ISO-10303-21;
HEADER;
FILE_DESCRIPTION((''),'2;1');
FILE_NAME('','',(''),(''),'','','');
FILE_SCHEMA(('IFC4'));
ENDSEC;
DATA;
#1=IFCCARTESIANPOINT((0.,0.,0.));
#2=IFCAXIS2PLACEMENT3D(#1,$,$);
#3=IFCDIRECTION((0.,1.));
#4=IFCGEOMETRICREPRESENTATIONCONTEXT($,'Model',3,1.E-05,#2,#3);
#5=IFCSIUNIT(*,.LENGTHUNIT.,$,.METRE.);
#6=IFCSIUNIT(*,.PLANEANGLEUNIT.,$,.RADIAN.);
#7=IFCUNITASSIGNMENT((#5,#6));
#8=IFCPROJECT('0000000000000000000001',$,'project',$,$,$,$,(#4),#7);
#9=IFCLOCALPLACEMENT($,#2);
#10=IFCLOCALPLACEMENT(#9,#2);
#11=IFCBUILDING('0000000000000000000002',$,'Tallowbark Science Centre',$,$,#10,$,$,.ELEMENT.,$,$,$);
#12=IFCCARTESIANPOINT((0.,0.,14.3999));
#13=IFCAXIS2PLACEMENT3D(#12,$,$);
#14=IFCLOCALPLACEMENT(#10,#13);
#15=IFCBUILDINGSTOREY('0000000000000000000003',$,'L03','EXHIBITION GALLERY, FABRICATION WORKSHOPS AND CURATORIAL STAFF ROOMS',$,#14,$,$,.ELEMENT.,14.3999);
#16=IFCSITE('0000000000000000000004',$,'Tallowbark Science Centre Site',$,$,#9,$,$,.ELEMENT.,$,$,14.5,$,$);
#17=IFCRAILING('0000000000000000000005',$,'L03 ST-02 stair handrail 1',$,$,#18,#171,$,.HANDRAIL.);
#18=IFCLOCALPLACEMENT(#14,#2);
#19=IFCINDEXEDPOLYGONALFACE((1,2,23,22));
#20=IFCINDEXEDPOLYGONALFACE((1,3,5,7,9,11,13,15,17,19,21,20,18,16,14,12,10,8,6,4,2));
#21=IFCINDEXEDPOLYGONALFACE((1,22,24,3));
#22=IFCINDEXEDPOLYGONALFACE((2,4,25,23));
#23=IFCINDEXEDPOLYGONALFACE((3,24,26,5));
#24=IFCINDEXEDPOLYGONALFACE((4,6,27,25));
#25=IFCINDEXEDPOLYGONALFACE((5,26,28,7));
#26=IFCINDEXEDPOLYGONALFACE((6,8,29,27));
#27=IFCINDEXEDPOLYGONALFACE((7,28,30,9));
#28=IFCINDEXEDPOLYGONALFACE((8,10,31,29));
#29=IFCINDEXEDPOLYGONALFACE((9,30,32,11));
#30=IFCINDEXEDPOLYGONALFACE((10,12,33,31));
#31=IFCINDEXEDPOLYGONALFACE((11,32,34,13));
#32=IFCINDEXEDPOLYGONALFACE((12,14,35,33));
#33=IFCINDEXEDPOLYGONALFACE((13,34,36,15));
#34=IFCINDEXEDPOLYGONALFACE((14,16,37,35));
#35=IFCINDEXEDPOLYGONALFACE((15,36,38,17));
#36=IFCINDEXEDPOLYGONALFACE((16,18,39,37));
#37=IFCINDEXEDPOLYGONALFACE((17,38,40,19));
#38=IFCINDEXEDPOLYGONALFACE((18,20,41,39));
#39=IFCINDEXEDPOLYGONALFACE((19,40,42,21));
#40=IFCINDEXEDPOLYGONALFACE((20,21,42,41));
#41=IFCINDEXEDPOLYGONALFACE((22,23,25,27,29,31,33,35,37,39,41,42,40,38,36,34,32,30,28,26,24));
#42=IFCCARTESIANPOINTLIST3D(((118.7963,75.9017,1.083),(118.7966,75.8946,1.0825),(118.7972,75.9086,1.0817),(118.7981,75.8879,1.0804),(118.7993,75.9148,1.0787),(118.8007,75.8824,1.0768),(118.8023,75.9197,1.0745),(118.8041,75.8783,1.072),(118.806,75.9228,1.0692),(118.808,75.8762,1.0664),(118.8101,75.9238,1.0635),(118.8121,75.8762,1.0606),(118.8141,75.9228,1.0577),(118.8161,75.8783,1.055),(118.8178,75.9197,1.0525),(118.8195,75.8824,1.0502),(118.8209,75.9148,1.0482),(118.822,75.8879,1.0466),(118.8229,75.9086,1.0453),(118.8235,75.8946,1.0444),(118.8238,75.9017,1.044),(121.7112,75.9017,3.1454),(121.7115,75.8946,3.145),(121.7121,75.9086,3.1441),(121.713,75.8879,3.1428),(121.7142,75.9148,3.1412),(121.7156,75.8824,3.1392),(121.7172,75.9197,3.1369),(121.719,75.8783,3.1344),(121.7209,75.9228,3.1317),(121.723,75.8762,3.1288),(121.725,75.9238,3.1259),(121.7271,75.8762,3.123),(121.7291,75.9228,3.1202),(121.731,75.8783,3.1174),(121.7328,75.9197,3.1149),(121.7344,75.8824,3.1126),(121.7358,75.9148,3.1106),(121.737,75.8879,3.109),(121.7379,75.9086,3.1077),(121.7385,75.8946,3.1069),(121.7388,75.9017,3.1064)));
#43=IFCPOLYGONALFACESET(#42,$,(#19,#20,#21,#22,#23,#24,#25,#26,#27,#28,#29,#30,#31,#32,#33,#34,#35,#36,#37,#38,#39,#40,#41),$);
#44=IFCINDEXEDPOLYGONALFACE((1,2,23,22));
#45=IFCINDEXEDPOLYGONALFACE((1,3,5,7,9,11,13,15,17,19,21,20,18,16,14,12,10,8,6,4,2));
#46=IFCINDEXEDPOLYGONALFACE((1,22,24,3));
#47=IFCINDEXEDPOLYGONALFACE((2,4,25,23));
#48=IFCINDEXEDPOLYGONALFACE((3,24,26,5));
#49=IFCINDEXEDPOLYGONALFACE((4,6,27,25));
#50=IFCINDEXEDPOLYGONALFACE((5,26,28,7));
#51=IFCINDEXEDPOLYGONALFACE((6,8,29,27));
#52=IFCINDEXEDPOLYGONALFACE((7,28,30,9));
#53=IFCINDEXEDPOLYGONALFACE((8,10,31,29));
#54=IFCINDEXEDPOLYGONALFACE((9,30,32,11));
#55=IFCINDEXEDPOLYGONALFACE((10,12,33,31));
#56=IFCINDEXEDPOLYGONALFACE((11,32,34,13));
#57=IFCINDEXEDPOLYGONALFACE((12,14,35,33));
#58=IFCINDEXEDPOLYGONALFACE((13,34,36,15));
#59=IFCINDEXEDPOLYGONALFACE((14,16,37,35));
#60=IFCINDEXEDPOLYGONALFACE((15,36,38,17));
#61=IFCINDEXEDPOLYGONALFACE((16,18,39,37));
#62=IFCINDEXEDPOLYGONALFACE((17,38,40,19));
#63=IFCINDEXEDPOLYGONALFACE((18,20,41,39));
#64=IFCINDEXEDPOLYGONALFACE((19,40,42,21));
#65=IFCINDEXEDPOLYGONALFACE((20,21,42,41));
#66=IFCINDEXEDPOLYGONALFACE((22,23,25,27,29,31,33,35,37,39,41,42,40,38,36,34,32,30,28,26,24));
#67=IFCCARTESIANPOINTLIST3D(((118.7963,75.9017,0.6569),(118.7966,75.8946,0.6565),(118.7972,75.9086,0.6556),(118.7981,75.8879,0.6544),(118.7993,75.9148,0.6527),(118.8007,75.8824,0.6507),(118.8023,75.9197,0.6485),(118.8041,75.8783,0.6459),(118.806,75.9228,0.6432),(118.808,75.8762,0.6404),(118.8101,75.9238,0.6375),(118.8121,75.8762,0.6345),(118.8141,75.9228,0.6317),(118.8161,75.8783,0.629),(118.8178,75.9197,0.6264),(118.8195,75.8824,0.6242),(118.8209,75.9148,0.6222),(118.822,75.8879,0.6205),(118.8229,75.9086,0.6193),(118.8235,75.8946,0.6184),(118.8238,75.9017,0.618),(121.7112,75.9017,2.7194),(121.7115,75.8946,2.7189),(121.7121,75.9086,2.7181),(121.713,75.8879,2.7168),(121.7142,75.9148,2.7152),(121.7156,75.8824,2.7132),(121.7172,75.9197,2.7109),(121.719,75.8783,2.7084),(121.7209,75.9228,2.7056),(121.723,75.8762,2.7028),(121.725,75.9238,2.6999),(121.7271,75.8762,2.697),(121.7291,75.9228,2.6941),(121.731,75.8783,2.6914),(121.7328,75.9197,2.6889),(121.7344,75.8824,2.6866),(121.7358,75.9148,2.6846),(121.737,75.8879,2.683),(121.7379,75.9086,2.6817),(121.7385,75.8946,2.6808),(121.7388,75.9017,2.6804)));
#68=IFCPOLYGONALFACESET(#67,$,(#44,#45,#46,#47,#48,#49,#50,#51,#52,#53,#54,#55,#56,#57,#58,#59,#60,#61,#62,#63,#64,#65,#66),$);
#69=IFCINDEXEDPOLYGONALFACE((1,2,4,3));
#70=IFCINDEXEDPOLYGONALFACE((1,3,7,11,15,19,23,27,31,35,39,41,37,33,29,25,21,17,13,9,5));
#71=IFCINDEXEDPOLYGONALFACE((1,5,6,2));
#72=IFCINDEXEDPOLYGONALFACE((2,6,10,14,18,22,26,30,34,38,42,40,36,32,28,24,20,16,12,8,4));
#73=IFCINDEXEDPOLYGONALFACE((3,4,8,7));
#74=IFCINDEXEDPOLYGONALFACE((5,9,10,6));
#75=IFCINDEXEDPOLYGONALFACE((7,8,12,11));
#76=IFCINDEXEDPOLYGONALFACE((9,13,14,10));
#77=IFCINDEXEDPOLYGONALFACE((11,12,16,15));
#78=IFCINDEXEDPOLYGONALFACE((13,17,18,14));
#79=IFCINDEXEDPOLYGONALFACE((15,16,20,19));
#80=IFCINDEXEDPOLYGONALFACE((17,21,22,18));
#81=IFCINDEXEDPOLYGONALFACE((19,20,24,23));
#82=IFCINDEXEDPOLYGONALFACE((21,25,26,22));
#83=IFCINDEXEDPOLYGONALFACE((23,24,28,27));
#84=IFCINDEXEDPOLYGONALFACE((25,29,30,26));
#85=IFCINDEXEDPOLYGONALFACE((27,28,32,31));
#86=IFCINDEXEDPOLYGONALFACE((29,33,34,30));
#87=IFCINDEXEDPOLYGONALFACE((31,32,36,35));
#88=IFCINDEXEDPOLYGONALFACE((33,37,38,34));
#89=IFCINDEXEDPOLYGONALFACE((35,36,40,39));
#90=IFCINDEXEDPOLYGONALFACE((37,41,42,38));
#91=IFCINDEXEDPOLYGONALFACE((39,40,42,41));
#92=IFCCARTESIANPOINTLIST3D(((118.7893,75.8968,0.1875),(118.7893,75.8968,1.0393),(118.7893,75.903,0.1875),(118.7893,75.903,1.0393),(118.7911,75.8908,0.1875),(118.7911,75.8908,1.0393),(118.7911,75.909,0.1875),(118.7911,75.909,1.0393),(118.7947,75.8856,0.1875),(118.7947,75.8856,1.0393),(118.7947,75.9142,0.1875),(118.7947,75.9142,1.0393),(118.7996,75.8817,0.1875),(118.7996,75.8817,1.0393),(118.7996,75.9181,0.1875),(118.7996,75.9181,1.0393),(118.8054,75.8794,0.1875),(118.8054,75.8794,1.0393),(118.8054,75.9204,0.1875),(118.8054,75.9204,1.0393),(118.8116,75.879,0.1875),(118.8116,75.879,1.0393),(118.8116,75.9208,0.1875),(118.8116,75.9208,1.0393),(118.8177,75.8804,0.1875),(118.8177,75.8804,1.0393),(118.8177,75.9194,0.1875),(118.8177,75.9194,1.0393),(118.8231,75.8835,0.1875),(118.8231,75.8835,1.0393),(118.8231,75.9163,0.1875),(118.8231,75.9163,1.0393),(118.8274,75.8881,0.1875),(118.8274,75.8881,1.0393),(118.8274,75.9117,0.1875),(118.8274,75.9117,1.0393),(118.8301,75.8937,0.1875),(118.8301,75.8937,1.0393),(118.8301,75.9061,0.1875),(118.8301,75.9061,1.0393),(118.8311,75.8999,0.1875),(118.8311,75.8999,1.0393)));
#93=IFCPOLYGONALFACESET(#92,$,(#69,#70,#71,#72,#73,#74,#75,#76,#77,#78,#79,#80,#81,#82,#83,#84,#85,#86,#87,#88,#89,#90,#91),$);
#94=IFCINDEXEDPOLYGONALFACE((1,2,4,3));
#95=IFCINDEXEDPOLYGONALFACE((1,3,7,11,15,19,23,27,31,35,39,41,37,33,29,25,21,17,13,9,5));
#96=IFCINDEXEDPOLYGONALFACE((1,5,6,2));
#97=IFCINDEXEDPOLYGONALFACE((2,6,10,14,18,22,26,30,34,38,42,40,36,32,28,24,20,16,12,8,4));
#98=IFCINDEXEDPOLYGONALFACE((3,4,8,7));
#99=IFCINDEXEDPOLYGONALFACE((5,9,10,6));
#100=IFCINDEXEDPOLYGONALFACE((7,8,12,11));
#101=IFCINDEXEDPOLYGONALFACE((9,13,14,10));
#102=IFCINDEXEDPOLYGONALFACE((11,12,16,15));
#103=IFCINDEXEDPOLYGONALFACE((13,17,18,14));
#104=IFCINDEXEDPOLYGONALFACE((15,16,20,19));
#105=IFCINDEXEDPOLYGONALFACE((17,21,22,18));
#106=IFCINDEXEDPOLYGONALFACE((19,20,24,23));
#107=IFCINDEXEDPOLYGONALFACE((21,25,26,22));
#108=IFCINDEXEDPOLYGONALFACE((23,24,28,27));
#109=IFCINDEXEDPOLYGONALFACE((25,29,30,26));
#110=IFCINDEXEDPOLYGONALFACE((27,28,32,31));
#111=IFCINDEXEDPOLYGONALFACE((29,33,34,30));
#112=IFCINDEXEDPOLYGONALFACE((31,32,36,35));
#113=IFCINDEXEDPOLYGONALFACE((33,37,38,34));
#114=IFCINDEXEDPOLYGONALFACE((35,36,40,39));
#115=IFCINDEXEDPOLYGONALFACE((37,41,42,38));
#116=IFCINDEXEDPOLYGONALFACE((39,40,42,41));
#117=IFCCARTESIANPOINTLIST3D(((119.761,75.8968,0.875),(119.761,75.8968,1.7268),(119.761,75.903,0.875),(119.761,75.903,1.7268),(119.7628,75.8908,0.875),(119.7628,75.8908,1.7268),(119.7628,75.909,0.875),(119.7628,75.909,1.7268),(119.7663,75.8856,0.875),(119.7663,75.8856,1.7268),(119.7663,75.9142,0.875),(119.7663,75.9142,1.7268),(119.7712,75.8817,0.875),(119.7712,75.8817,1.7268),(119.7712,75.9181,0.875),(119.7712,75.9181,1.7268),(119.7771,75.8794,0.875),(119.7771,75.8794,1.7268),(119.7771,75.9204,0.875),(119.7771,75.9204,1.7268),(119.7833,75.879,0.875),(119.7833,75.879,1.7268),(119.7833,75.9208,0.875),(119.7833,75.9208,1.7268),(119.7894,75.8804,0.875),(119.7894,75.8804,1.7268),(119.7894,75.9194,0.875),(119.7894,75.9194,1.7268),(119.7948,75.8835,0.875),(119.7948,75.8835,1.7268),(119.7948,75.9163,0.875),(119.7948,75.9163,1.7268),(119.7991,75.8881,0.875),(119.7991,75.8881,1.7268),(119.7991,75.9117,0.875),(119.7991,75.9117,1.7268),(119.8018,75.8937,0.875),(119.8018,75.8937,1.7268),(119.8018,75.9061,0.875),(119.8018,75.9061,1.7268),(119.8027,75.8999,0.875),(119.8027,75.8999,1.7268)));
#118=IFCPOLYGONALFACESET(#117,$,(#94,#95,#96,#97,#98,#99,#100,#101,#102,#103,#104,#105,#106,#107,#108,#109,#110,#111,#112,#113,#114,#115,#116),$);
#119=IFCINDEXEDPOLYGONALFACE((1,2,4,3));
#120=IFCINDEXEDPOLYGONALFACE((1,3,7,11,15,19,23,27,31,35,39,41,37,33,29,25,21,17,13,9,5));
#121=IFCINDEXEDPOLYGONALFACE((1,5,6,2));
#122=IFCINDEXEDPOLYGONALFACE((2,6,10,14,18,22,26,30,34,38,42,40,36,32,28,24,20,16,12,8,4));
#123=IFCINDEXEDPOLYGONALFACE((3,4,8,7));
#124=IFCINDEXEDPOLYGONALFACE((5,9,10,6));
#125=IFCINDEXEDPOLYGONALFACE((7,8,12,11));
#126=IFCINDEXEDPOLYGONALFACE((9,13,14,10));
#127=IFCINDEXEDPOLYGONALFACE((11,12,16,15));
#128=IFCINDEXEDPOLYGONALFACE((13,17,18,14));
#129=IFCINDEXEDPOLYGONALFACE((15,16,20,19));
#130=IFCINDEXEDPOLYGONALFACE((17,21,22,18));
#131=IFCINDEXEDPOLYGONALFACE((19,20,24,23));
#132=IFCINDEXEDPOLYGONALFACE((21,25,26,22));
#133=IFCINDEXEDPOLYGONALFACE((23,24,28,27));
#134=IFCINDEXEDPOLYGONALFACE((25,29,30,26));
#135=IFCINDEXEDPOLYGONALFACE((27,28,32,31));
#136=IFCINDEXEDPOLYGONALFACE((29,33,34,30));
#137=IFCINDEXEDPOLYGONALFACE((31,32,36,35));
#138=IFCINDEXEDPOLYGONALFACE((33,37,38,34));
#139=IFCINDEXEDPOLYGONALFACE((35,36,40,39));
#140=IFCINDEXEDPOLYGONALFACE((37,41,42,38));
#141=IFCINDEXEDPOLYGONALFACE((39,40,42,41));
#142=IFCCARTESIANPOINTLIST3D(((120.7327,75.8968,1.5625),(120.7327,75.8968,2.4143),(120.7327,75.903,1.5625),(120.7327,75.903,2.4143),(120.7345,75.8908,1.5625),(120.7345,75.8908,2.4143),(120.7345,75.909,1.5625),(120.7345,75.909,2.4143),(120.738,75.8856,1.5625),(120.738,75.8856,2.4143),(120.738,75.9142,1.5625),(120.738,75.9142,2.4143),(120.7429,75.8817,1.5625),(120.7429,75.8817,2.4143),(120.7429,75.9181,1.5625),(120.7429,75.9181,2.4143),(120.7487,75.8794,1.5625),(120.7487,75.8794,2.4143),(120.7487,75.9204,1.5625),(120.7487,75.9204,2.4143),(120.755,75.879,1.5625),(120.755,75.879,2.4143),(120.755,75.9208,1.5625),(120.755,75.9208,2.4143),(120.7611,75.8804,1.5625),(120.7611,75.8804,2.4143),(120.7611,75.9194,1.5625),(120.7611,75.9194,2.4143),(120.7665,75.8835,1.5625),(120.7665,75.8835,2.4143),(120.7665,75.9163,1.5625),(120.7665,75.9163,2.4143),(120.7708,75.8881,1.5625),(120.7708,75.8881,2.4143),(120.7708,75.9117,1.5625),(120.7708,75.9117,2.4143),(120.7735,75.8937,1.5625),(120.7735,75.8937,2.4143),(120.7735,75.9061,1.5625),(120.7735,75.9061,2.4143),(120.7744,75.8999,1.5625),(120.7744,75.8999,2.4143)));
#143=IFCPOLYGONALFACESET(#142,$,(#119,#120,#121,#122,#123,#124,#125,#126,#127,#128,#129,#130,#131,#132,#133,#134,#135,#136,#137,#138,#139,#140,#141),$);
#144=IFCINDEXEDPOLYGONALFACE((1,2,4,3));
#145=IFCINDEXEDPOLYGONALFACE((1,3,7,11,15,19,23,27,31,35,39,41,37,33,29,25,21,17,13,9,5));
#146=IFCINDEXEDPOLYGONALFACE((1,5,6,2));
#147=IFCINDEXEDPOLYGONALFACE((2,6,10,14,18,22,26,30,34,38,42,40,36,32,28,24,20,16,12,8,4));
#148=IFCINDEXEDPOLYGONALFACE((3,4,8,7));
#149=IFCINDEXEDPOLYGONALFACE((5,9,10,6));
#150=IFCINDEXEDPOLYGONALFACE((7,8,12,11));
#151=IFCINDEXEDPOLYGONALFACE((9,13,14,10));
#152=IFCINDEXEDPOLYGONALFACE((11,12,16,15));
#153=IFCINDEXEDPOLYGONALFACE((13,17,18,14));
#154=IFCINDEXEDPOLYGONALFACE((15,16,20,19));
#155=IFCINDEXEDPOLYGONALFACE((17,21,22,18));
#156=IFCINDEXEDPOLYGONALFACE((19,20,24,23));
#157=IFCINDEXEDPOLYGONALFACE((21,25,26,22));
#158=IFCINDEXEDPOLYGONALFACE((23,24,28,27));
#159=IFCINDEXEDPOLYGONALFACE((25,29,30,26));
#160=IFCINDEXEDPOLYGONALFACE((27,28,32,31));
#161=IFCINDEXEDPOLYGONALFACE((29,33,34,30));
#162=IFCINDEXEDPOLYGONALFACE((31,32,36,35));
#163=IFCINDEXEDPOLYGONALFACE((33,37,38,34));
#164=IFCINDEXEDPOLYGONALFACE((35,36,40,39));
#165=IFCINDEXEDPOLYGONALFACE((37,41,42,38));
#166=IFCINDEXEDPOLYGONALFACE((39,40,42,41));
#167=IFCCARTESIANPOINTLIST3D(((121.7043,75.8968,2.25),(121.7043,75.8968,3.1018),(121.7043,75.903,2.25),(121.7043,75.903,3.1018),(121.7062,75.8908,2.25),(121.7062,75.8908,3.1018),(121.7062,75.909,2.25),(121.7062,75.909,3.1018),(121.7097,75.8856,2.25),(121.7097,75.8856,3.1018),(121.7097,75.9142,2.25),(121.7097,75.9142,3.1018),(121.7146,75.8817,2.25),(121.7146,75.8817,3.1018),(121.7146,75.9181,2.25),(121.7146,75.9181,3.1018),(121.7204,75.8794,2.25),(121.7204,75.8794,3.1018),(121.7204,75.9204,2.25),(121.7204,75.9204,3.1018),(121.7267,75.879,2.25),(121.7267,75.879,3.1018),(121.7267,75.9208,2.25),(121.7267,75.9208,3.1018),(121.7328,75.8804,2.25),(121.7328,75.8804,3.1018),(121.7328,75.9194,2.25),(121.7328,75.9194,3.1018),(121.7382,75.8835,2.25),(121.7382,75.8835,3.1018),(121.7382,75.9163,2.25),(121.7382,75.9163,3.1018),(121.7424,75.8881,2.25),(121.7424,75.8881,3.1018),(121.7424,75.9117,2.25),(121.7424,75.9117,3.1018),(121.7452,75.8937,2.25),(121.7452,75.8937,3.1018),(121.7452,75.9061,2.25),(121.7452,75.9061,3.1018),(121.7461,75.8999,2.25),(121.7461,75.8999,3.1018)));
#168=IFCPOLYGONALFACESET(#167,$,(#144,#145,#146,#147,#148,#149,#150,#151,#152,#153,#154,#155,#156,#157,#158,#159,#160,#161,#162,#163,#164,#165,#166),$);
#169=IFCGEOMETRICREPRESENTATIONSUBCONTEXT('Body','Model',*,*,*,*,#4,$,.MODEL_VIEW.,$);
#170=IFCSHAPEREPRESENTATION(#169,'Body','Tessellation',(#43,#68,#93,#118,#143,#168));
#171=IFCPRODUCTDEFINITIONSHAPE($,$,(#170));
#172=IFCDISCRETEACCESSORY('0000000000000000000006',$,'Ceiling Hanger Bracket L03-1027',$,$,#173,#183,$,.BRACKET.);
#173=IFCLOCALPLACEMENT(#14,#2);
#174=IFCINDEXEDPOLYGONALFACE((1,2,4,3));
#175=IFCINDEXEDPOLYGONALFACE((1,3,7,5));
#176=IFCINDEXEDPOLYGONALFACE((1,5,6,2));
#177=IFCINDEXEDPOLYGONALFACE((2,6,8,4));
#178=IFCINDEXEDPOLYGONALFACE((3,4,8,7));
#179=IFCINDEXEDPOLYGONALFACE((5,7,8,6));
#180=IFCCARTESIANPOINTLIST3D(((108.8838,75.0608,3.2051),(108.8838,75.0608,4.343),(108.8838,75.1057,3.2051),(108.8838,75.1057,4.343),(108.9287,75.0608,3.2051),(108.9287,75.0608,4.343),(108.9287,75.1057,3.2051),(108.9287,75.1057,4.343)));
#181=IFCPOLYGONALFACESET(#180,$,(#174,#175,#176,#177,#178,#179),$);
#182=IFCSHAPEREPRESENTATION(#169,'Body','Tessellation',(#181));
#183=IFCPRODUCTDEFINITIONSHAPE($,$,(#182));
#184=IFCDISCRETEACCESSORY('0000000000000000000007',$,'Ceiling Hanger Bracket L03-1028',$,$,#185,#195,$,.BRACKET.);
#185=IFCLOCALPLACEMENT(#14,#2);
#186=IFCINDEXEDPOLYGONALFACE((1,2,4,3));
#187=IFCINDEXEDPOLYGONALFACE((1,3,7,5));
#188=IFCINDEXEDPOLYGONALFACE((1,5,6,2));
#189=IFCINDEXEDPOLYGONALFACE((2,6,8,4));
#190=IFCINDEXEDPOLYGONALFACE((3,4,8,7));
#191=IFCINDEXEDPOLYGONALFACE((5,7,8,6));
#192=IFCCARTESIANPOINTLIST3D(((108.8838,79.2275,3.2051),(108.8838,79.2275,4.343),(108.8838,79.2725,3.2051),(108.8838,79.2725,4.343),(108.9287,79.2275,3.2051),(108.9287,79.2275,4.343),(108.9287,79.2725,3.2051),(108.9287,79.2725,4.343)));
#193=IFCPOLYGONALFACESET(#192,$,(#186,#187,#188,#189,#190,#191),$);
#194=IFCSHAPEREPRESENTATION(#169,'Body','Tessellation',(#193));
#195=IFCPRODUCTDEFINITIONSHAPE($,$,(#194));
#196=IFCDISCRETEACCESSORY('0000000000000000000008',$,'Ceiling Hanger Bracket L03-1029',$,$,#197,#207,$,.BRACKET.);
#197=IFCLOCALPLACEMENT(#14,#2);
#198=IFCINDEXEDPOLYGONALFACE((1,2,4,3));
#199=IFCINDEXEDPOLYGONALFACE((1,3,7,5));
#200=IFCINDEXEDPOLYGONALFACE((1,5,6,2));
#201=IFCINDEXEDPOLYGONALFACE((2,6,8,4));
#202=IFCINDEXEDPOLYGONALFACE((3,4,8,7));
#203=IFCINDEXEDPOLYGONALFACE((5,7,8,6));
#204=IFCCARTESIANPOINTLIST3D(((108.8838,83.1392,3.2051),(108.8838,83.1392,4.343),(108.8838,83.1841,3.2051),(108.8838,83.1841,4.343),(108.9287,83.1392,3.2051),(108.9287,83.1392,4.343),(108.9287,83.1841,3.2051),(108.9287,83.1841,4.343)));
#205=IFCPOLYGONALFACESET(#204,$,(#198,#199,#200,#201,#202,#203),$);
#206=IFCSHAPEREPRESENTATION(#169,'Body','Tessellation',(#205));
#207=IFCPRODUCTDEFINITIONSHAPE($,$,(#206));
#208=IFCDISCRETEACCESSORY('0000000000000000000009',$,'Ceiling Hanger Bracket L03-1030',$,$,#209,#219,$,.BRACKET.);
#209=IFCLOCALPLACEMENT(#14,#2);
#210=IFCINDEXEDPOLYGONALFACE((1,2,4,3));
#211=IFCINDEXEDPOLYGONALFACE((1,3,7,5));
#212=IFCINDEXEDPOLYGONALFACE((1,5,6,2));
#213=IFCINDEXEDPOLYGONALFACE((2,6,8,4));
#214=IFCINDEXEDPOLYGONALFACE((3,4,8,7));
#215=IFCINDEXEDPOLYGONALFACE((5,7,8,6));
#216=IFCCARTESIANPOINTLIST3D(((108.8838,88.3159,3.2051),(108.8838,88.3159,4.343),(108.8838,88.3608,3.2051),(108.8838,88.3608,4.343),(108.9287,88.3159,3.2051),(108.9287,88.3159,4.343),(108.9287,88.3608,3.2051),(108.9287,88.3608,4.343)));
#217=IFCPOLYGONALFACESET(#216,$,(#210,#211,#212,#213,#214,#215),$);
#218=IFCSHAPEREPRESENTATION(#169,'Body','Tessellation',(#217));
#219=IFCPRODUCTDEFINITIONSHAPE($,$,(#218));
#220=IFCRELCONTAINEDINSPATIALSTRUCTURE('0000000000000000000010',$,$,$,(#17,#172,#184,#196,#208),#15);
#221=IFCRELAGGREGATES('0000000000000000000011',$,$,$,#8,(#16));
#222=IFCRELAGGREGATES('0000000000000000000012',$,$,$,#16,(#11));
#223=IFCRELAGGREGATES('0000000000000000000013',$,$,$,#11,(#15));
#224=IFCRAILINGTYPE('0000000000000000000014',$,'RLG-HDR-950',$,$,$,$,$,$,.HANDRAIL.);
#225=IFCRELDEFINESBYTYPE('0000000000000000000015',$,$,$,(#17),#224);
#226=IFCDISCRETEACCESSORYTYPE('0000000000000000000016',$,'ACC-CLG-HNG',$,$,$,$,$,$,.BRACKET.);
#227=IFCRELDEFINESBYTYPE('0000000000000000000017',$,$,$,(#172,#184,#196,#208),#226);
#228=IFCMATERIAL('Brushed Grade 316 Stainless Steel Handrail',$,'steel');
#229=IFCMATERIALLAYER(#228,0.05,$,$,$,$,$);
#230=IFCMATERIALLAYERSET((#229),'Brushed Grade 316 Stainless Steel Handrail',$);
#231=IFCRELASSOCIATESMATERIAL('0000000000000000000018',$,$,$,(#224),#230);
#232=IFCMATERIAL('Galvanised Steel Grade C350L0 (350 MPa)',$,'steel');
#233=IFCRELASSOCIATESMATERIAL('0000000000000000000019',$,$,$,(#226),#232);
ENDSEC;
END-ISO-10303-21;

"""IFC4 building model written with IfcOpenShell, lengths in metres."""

from ifc_helpers import new_model, si_unit, direction, frame, origin, origin_2d, place, context, subcontext, project, spatial, rectangle, circle, extrude, material, layer, layer_set, type_object, element, save


model = new_model("IFC4")

# Units and contexts
model_context = context("Model", 3, precision=1e-05, world=origin(), true_north=direction((0.0, 1.0)))
body_context = subcontext(model_context, "Body", "Model", "MODEL_VIEW")
ifc_project = project(units=[si_unit("LENGTHUNIT", "METRE"), si_unit("PLANEANGLEUNIT", "RADIAN")], contexts=[model_context])

# Site, building, storey
site_placement = place(None, origin())
site = spatial("IfcSite", under=ifc_project, at=site_placement, Name="Tallowbark Science Centre Site", CompositionType="ELEMENT", RefElevation=14.5)
building_placement = place(site_placement, origin())
building = spatial("IfcBuilding", under=site, at=building_placement, Name="Tallowbark Science Centre", CompositionType="ELEMENT")
storey_placement = place(building_placement, frame((0.0, 0.0, 14.3999)))
storey = spatial("IfcBuildingStorey", under=building, at=storey_placement, Name="L03", Description="EXHIBITION GALLERY, FABRICATION WORKSHOPS AND CURATORIAL STAFF ROOMS", CompositionType="ELEMENT", Elevation=14.3999)

# Railing
ifc_material_1 = material(Name="Brushed Grade 316 Stainless Steel Handrail", Category="steel")
ifc_layer_1 = layer(ifc_material_1, 0.05)
ifc_layer_set_1 = layer_set([ifc_layer_1], Name="Brushed Grade 316 Stainless Steel Handrail")
railing_type_1 = type_object("IfcRailingType", Name="RLG-HDR-950", PredefinedType="HANDRAIL", material=ifc_layer_set_1)
railing_1_placement = place(storey_placement, frame((118.8101, 75.8999, 0.1875)))
element("IfcRailing", 1, at=railing_1_placement, inside=storey, type_object=railing_type_1, Name="L03 ST-02 stair handrail 1", PredefinedType="HANDRAIL", context=body_context, shape_type="SweptSolid", body=[
    extrude(circle(Radius=0.0239, at=origin_2d()), frame((0.0, 0.0, 0.876), z_axis=(0.816331, 0.0, 0.577585), x_axis=(0.0, 1.0, 0.0)), (0.0, 0.0, 1.0), 3.5708),
    extrude(circle(Radius=0.0239, at=origin_2d()), frame((0.0, 0.0, 0.45), z_axis=(0.816331, 0.0, 0.577585), x_axis=(0.0, 1.0, 0.0)), (0.0, 0.0, 1.0), 3.5708),
    extrude(circle(Radius=0.021, at=origin_2d()), origin(), (0.0, 0.0, 1.0), 0.8518),
    extrude(circle(Radius=0.021, at=origin_2d()), frame((0.9717, 0.0, 0.6875)), (0.0, 0.0, 1.0), 0.8518),
    extrude(circle(Radius=0.021, at=origin_2d()), frame((1.9434, 0.0, 1.375)), (0.0, 0.0, 1.0), 0.8518),
    extrude(circle(Radius=0.021, at=origin_2d()), frame((2.915, 0.0, 2.0625)), (0.0, 0.0, 1.0), 0.8518),
])

# Discrete accessories
ifc_material_2 = material(Name="Galvanised Steel Grade C350L0 (350 MPa)", Category="steel")
discrete_accessory_type = type_object("IfcDiscreteAccessoryType", Name="ACC-CLG-HNG", PredefinedType="BRACKET", material=ifc_material_2)
for number, where, z_axis, x_axis, name in (
    (2, (108.9062, 75.0833, 3.2051), (0.0, 0.0, 1.0), (1.0, 0.0, 0.0), "Ceiling Hanger Bracket L03-1027"),
    (3, (108.9062, 79.25, 3.2051), (0.0, 0.0, 1.0), (1.0, 0.0, 0.0), "Ceiling Hanger Bracket L03-1028"),
    (4, (108.9062, 83.1616, 3.2051), (0.0, 0.0, 1.0), (1.0, 0.0, 0.0), "Ceiling Hanger Bracket L03-1029"),
    (5, (108.9062, 88.3384, 3.2051), (0.0, 0.0, 1.0), (1.0, 0.0, 0.0), "Ceiling Hanger Bracket L03-1030"),
):
    element("IfcDiscreteAccessory", number, at=place(storey_placement, frame(where, z_axis=z_axis, x_axis=x_axis)), inside=storey, type_object=discrete_accessory_type, Name=name, PredefinedType="BRACKET", context=body_context, shape_type="SweptSolid", body=[
        extrude(rectangle(XDim=0.0449, YDim=0.0449, at=origin_2d()), origin(), (0.0, 0.0, 1.0), 1.1379),
    ])

save(model, "model.ifc")
